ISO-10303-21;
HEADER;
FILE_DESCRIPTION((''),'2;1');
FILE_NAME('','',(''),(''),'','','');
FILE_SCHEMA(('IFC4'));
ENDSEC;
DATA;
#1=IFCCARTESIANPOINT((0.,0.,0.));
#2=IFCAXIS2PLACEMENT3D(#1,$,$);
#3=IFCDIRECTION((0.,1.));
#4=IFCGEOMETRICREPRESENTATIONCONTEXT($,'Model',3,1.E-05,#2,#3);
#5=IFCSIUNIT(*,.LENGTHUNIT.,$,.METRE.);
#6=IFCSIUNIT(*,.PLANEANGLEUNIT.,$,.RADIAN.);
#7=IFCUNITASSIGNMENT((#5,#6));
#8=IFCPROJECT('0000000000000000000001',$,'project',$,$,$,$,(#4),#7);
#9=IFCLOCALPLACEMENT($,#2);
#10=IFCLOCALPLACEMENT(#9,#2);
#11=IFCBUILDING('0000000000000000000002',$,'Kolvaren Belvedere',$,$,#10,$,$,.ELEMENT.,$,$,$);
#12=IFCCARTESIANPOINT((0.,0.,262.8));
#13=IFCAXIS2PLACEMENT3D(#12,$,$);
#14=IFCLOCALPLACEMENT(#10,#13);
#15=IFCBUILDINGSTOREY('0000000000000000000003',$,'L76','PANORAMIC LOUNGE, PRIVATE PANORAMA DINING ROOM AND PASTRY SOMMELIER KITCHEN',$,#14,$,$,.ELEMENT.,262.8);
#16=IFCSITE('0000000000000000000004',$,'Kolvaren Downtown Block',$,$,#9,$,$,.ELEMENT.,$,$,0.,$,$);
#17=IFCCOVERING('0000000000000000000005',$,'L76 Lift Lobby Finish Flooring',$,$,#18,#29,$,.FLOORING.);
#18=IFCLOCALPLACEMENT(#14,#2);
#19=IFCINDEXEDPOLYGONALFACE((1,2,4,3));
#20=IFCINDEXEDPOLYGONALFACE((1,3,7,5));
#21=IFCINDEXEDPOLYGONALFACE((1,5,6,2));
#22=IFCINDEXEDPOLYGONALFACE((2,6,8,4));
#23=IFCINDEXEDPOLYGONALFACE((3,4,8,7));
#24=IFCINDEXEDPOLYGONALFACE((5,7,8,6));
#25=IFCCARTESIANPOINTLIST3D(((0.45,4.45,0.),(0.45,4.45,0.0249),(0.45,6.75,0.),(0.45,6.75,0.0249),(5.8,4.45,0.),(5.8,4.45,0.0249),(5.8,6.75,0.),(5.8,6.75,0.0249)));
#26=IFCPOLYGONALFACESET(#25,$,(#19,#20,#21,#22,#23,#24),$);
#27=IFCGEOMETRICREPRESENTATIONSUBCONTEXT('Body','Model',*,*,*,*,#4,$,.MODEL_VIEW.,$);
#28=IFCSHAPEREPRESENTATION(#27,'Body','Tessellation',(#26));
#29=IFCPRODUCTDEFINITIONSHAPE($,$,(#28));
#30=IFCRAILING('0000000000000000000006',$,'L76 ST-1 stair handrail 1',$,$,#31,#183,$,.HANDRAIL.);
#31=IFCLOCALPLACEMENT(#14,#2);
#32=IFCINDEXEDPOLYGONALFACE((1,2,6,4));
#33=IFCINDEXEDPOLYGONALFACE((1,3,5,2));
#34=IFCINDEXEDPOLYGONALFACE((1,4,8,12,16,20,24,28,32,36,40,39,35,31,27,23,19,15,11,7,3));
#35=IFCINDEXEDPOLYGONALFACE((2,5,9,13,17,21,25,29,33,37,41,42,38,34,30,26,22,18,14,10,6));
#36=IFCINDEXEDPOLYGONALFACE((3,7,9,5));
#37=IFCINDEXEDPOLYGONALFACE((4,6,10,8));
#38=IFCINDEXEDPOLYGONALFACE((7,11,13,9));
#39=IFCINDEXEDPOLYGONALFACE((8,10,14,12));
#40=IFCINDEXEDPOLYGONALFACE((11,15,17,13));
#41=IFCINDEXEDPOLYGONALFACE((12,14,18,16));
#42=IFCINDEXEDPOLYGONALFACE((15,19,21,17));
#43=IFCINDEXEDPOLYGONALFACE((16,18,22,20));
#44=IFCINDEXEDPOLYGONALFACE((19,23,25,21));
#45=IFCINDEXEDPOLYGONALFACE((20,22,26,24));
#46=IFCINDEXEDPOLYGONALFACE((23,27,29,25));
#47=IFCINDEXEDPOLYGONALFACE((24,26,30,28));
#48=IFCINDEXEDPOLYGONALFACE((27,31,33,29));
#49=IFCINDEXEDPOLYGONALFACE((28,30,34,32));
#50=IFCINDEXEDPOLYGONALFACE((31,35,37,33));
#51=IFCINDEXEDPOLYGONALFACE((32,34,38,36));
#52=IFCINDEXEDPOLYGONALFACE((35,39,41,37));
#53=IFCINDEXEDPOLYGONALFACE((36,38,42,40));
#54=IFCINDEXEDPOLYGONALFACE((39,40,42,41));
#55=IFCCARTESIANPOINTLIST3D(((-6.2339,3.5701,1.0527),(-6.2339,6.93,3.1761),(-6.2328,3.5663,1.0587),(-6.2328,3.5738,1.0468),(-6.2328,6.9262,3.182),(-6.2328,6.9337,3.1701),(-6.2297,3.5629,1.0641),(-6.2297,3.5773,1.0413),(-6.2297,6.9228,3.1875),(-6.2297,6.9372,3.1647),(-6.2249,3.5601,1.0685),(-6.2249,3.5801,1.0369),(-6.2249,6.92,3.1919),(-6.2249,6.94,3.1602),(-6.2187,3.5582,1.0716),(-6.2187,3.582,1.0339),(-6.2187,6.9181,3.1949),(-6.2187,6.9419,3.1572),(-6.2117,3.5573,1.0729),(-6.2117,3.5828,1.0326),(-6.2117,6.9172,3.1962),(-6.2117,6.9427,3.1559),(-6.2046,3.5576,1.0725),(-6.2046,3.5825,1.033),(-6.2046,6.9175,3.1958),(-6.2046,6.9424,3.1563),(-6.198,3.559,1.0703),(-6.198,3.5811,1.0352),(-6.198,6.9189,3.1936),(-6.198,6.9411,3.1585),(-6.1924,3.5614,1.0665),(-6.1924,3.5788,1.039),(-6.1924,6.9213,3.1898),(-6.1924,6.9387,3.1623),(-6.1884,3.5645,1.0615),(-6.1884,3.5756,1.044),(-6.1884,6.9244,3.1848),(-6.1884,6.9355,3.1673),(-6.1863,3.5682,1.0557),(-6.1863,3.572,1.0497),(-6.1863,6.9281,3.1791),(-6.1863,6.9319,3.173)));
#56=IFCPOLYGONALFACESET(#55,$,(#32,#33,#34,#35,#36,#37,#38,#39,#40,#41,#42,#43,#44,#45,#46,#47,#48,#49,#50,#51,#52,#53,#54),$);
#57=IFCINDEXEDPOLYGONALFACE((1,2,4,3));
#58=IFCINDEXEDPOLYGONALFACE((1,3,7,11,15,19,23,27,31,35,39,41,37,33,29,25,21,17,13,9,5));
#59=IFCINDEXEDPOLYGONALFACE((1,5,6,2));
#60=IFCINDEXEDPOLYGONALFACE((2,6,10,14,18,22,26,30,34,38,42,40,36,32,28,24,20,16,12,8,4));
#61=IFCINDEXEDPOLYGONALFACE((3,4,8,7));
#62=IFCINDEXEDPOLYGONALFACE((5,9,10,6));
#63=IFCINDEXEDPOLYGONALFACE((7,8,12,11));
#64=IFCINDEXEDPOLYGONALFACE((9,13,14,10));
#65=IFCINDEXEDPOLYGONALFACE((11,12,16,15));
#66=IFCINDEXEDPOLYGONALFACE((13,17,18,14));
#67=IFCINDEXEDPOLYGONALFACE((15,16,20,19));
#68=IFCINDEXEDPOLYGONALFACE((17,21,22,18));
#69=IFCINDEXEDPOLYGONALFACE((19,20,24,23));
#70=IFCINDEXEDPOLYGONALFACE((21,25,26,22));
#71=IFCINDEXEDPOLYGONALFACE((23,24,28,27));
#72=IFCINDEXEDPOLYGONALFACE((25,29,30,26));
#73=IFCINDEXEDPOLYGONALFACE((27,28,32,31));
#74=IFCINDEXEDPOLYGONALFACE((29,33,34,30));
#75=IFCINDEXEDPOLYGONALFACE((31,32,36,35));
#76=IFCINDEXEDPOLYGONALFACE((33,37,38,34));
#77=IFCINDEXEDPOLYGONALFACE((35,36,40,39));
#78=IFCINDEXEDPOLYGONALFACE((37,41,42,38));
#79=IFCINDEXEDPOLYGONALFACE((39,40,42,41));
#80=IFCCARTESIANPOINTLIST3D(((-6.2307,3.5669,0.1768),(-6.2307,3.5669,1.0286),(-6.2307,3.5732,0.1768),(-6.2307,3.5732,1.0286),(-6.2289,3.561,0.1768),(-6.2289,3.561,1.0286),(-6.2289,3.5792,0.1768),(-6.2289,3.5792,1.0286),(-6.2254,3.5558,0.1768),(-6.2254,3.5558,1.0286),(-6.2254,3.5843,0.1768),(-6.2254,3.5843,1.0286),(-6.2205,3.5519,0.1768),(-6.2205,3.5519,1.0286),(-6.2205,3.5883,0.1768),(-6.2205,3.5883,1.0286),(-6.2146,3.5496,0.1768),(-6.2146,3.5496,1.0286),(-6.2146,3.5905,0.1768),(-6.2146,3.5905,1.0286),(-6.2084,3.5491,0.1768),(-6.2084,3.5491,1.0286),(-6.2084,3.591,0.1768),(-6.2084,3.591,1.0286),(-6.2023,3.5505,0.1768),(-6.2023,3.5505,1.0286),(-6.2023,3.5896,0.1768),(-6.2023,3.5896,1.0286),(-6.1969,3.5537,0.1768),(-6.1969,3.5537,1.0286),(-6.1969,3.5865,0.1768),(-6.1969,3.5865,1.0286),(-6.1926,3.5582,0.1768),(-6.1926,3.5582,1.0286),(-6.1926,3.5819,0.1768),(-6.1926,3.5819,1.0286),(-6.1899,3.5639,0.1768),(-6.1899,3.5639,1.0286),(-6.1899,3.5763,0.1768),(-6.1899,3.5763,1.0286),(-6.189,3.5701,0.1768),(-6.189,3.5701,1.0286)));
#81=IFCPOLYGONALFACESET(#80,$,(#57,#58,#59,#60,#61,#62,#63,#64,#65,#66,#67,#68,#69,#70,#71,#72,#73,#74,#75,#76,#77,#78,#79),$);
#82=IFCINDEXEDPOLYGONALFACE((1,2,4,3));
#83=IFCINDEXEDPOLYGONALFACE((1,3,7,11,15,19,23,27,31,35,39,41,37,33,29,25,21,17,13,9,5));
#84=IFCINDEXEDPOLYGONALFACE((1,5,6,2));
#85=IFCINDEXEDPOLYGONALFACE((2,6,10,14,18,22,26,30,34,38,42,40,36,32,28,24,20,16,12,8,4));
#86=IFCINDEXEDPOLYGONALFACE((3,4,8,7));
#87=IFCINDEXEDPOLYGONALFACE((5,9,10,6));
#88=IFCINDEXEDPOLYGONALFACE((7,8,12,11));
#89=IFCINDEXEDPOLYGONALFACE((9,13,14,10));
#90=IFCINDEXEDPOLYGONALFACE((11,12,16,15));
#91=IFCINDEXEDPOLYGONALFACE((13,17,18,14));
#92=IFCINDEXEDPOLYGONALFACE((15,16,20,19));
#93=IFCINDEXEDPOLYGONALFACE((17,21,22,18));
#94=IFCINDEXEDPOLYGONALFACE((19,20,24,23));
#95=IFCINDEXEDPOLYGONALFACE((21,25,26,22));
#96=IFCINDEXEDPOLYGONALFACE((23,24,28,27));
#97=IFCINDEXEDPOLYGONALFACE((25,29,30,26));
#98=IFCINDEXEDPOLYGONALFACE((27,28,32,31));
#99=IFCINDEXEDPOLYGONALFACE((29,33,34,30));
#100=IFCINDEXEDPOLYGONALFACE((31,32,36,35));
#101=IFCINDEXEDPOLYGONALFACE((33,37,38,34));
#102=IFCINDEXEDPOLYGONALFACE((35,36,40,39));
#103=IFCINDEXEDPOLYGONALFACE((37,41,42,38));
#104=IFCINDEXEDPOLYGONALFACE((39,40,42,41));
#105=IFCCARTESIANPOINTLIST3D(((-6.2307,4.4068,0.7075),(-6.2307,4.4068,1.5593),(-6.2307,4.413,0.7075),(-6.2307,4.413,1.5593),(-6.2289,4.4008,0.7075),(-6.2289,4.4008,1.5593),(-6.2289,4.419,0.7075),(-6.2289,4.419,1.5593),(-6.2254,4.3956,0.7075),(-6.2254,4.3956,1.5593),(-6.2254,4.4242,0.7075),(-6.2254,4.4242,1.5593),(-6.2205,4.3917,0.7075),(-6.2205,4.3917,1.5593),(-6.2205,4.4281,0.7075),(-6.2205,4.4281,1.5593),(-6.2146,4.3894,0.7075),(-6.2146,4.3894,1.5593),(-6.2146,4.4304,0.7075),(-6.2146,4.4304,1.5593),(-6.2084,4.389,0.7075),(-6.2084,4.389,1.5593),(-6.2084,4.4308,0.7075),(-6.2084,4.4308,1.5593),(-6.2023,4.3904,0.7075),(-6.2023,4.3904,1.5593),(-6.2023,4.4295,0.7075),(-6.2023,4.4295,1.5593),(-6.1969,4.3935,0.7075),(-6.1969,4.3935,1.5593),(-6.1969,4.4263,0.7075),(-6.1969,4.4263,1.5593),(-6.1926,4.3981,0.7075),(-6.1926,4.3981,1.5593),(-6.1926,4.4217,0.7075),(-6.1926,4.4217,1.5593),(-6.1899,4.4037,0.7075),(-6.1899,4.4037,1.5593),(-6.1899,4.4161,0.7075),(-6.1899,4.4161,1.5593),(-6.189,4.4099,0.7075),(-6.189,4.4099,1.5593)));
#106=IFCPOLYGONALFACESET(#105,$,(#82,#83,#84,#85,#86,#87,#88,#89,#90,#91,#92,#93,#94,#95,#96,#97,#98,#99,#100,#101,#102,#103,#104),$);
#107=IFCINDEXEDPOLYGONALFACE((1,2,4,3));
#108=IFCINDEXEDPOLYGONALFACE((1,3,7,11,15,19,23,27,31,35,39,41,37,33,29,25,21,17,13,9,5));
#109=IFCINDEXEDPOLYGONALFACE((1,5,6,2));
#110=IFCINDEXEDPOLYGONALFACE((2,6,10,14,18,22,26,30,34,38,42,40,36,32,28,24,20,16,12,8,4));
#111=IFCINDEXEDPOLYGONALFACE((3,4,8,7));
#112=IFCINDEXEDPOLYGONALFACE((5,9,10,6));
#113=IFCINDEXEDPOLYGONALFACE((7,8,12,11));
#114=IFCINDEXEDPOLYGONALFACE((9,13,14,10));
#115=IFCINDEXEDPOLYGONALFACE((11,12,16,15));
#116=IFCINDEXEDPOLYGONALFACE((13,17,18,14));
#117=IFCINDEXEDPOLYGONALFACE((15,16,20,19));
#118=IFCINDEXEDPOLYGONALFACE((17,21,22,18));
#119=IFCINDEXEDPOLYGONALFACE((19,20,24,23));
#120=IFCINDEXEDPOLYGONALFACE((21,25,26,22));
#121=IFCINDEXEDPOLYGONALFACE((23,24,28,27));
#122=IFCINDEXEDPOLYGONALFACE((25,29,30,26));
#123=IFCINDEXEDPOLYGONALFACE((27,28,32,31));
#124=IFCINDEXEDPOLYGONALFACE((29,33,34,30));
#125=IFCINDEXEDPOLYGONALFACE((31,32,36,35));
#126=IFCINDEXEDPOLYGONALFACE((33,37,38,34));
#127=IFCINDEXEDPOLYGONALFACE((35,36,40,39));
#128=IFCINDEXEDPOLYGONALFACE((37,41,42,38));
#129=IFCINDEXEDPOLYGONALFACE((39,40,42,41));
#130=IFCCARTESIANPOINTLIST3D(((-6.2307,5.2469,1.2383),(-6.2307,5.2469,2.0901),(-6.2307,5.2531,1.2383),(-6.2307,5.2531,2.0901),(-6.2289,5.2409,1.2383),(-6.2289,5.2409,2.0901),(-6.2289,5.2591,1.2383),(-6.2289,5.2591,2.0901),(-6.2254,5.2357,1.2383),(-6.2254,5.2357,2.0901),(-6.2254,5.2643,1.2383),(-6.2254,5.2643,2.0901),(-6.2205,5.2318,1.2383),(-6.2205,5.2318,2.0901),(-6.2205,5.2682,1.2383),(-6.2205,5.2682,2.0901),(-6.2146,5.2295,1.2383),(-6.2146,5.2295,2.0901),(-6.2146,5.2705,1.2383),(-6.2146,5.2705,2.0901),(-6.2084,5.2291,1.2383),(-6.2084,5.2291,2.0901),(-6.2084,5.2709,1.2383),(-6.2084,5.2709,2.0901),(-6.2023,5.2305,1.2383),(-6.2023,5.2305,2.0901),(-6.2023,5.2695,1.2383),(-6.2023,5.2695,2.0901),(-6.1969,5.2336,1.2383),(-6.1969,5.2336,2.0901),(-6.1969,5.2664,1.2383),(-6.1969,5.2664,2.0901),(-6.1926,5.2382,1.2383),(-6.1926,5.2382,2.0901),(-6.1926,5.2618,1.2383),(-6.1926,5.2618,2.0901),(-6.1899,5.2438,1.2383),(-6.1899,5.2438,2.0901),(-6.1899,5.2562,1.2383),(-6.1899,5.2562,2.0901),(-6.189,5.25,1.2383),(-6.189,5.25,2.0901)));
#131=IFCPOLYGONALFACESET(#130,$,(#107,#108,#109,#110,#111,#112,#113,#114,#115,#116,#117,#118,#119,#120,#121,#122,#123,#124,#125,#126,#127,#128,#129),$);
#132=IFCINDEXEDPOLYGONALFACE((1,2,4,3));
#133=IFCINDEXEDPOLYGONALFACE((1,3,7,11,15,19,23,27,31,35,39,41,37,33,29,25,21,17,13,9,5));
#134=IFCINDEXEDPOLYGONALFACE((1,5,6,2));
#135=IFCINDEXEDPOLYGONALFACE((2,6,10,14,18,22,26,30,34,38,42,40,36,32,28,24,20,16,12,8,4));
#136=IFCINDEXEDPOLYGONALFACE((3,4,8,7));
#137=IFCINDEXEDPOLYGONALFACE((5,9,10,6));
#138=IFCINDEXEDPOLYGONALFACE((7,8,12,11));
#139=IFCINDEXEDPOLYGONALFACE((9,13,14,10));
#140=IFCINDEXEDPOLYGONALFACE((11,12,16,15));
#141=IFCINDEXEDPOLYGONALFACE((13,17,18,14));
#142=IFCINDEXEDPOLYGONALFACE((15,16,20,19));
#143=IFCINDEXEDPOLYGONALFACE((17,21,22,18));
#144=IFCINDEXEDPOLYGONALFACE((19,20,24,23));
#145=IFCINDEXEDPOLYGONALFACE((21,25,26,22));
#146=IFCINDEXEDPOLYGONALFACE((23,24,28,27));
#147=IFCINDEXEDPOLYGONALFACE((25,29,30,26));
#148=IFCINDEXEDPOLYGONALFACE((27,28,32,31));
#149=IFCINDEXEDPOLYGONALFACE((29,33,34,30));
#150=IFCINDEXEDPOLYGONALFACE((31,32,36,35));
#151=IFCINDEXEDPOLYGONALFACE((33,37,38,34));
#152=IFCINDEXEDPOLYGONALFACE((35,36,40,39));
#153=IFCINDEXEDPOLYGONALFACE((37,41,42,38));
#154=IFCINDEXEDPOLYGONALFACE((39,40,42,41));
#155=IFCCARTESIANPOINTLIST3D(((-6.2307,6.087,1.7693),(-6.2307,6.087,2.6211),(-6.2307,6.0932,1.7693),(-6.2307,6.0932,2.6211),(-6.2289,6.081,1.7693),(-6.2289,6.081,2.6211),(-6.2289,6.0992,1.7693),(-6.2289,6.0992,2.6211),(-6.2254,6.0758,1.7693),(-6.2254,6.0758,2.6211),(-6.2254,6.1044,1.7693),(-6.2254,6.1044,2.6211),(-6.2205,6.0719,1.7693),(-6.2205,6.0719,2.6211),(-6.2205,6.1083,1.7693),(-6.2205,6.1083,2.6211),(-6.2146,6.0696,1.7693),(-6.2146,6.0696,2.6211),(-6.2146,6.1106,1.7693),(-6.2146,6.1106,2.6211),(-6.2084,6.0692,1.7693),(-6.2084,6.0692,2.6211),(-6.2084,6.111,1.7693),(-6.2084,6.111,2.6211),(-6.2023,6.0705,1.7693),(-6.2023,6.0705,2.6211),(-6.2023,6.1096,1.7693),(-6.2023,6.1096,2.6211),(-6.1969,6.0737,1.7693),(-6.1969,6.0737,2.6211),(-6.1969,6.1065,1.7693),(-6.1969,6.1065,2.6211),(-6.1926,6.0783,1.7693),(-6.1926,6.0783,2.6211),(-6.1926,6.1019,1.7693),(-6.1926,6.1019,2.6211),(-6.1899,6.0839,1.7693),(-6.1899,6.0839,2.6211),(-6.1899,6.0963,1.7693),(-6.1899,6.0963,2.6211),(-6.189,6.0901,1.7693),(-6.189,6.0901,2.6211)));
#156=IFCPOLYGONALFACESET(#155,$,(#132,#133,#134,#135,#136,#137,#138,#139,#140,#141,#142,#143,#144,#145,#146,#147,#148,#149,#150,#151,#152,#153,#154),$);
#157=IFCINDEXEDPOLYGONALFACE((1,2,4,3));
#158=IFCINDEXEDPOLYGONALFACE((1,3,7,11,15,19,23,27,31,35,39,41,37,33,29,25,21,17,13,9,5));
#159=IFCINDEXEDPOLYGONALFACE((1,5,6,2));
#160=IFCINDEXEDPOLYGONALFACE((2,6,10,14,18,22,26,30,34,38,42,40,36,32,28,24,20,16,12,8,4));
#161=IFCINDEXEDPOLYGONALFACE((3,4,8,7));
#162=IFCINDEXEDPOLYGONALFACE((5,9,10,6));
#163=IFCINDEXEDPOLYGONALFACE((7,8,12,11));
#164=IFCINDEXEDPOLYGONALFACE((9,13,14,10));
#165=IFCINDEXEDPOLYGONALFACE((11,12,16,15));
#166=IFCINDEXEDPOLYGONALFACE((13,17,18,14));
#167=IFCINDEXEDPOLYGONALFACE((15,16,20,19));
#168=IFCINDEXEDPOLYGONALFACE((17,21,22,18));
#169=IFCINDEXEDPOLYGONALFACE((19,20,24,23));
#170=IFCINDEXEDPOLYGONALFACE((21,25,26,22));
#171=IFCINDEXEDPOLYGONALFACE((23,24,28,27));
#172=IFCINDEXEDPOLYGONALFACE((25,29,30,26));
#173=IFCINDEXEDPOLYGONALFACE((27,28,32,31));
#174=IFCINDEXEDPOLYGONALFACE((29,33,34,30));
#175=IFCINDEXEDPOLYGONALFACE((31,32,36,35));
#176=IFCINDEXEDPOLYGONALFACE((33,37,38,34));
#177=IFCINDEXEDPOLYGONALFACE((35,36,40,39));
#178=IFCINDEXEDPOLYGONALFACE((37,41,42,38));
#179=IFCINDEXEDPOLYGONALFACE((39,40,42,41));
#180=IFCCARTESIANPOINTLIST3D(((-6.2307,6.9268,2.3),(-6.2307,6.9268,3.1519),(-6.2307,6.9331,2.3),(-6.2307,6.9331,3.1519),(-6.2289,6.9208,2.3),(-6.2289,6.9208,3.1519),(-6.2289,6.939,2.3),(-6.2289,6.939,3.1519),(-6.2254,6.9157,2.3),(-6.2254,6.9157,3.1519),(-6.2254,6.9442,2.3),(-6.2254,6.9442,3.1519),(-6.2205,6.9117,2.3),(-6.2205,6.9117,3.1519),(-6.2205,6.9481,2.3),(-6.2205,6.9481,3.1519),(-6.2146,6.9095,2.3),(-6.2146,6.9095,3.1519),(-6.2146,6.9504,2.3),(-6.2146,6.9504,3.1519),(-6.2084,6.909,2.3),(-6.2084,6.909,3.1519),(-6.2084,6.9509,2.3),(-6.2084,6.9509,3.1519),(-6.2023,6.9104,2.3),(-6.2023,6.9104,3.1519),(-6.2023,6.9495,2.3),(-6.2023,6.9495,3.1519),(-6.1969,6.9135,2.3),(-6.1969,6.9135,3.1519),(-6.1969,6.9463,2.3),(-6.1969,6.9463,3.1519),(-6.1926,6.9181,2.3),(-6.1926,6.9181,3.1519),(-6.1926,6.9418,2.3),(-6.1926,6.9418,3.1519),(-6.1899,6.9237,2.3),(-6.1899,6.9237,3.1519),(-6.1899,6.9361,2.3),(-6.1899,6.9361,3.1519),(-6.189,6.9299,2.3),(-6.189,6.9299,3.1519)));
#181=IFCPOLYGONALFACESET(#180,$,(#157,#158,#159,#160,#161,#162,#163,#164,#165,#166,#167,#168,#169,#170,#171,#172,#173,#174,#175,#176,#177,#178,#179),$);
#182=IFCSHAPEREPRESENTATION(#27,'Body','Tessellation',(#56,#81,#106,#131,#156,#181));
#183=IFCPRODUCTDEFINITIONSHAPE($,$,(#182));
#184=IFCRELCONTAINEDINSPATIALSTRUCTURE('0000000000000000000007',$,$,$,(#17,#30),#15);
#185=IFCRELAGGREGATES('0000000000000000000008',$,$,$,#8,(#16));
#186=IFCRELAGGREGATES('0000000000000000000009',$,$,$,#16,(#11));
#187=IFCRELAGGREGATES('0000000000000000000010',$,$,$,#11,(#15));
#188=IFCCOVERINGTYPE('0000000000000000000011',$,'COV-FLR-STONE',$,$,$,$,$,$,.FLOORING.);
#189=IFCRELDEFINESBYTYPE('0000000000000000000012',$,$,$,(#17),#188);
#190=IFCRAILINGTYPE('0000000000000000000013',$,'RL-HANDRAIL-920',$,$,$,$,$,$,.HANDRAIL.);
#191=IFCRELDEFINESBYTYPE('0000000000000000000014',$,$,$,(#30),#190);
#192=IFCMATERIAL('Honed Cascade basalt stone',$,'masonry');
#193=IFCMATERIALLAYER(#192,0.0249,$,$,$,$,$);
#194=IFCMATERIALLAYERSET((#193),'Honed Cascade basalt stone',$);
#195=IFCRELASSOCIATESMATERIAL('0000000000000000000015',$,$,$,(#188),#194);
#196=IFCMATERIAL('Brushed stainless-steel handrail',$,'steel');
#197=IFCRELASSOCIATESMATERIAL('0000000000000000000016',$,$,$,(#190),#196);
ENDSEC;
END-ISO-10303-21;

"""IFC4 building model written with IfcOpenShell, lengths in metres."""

from ifc_helpers import new_model, si_unit, direction, frame, origin, origin_2d, place, context, subcontext, project, spatial, polyline, circle, outline, extrude, material, layer, layer_set, type_object, element, save


model = new_model("IFC4")

# Units and contexts
model_context = context("Model", 3, precision=1e-05, world=origin(), true_north=direction((0.0, 1.0)))
body_context = subcontext(model_context, "Body", "Model", "MODEL_VIEW")
ifc_project = project(units=[si_unit("LENGTHUNIT", "METRE"), si_unit("PLANEANGLEUNIT", "RADIAN")], contexts=[model_context])

# Site, building, storey
site_placement = place(None, origin())
site = spatial("IfcSite", under=ifc_project, at=site_placement, Name="Kolvaren Downtown Block", CompositionType="ELEMENT", RefElevation=0.0)
building_placement = place(site_placement, origin())
building = spatial("IfcBuilding", under=site, at=building_placement, Name="Kolvaren Belvedere", CompositionType="ELEMENT")
storey_placement = place(building_placement, frame((0.0, 0.0, 262.8)))
storey = spatial("IfcBuildingStorey", under=building, at=storey_placement, Name="L76", Description="PANORAMIC LOUNGE, PRIVATE PANORAMA DINING ROOM AND PASTRY SOMMELIER KITCHEN", CompositionType="ELEMENT", Elevation=262.8)

# Covering
ifc_material_1 = material(Name="Honed Cascade basalt stone", Category="masonry")
ifc_layer_1 = layer(ifc_material_1, 0.0249)
ifc_layer_set_1 = layer_set([ifc_layer_1], Name="Honed Cascade basalt stone")
covering_type_1 = type_object("IfcCoveringType", Name="COV-FLR-STONE", PredefinedType="FLOORING", material=ifc_layer_set_1)
covering_1_placement = place(storey_placement, origin())
element("IfcCovering", 1, at=covering_1_placement, inside=storey, type_object=covering_type_1, Name="L76 Lift Lobby Finish Flooring", PredefinedType="FLOORING", context=body_context, shape_type="SweptSolid", body=[
    extrude(outline(polyline([(0.45, 4.45), (5.8, 4.45), (5.8, 6.75), (0.45, 6.75), (0.45, 4.45)])), origin(), (0.0, 0.0, 1.0), 0.0249),
])

# Railing
ifc_material_2 = material(Name="Brushed stainless-steel handrail", Category="steel")
railing_type_1 = type_object("IfcRailingType", Name="RL-HANDRAIL-920", PredefinedType="HANDRAIL", material=ifc_material_2)
railing_1_placement = place(storey_placement, frame((-6.21, 3.5701, 0.1768)))
element("IfcRailing", 2, at=railing_1_placement, inside=storey, type_object=railing_type_1, Name="L76 ST-1 stair handrail 1", PredefinedType="HANDRAIL", context=body_context, shape_type="SweptSolid", body=[
    extrude(circle(Radius=0.0239, at=origin_2d()), frame((0.0, 0.0, 0.876), z_axis=(0.0, 0.845344, 0.534222), x_axis=(-1.0, 0.0, 0.0)), (0.0, 0.0, 1.0), 3.9746),
    extrude(circle(Radius=0.021, at=origin_2d()), origin(), (0.0, 0.0, 1.0), 0.8518),
    extrude(circle(Radius=0.021, at=origin_2d()), frame((0.0, 0.8398, 0.5308)), (0.0, 0.0, 1.0), 0.8518),
    extrude(circle(Radius=0.021, at=origin_2d()), frame((0.0, 1.6799, 1.0615)), (0.0, 0.0, 1.0), 0.8518),
    extrude(circle(Radius=0.021, at=origin_2d()), frame((0.0, 2.52, 1.5925)), (0.0, 0.0, 1.0), 0.8518),
    extrude(circle(Radius=0.021, at=origin_2d()), frame((0.0, 3.3599, 2.1233)), (0.0, 0.0, 1.0), 0.8518),
])

save(model, "model.ifc")
